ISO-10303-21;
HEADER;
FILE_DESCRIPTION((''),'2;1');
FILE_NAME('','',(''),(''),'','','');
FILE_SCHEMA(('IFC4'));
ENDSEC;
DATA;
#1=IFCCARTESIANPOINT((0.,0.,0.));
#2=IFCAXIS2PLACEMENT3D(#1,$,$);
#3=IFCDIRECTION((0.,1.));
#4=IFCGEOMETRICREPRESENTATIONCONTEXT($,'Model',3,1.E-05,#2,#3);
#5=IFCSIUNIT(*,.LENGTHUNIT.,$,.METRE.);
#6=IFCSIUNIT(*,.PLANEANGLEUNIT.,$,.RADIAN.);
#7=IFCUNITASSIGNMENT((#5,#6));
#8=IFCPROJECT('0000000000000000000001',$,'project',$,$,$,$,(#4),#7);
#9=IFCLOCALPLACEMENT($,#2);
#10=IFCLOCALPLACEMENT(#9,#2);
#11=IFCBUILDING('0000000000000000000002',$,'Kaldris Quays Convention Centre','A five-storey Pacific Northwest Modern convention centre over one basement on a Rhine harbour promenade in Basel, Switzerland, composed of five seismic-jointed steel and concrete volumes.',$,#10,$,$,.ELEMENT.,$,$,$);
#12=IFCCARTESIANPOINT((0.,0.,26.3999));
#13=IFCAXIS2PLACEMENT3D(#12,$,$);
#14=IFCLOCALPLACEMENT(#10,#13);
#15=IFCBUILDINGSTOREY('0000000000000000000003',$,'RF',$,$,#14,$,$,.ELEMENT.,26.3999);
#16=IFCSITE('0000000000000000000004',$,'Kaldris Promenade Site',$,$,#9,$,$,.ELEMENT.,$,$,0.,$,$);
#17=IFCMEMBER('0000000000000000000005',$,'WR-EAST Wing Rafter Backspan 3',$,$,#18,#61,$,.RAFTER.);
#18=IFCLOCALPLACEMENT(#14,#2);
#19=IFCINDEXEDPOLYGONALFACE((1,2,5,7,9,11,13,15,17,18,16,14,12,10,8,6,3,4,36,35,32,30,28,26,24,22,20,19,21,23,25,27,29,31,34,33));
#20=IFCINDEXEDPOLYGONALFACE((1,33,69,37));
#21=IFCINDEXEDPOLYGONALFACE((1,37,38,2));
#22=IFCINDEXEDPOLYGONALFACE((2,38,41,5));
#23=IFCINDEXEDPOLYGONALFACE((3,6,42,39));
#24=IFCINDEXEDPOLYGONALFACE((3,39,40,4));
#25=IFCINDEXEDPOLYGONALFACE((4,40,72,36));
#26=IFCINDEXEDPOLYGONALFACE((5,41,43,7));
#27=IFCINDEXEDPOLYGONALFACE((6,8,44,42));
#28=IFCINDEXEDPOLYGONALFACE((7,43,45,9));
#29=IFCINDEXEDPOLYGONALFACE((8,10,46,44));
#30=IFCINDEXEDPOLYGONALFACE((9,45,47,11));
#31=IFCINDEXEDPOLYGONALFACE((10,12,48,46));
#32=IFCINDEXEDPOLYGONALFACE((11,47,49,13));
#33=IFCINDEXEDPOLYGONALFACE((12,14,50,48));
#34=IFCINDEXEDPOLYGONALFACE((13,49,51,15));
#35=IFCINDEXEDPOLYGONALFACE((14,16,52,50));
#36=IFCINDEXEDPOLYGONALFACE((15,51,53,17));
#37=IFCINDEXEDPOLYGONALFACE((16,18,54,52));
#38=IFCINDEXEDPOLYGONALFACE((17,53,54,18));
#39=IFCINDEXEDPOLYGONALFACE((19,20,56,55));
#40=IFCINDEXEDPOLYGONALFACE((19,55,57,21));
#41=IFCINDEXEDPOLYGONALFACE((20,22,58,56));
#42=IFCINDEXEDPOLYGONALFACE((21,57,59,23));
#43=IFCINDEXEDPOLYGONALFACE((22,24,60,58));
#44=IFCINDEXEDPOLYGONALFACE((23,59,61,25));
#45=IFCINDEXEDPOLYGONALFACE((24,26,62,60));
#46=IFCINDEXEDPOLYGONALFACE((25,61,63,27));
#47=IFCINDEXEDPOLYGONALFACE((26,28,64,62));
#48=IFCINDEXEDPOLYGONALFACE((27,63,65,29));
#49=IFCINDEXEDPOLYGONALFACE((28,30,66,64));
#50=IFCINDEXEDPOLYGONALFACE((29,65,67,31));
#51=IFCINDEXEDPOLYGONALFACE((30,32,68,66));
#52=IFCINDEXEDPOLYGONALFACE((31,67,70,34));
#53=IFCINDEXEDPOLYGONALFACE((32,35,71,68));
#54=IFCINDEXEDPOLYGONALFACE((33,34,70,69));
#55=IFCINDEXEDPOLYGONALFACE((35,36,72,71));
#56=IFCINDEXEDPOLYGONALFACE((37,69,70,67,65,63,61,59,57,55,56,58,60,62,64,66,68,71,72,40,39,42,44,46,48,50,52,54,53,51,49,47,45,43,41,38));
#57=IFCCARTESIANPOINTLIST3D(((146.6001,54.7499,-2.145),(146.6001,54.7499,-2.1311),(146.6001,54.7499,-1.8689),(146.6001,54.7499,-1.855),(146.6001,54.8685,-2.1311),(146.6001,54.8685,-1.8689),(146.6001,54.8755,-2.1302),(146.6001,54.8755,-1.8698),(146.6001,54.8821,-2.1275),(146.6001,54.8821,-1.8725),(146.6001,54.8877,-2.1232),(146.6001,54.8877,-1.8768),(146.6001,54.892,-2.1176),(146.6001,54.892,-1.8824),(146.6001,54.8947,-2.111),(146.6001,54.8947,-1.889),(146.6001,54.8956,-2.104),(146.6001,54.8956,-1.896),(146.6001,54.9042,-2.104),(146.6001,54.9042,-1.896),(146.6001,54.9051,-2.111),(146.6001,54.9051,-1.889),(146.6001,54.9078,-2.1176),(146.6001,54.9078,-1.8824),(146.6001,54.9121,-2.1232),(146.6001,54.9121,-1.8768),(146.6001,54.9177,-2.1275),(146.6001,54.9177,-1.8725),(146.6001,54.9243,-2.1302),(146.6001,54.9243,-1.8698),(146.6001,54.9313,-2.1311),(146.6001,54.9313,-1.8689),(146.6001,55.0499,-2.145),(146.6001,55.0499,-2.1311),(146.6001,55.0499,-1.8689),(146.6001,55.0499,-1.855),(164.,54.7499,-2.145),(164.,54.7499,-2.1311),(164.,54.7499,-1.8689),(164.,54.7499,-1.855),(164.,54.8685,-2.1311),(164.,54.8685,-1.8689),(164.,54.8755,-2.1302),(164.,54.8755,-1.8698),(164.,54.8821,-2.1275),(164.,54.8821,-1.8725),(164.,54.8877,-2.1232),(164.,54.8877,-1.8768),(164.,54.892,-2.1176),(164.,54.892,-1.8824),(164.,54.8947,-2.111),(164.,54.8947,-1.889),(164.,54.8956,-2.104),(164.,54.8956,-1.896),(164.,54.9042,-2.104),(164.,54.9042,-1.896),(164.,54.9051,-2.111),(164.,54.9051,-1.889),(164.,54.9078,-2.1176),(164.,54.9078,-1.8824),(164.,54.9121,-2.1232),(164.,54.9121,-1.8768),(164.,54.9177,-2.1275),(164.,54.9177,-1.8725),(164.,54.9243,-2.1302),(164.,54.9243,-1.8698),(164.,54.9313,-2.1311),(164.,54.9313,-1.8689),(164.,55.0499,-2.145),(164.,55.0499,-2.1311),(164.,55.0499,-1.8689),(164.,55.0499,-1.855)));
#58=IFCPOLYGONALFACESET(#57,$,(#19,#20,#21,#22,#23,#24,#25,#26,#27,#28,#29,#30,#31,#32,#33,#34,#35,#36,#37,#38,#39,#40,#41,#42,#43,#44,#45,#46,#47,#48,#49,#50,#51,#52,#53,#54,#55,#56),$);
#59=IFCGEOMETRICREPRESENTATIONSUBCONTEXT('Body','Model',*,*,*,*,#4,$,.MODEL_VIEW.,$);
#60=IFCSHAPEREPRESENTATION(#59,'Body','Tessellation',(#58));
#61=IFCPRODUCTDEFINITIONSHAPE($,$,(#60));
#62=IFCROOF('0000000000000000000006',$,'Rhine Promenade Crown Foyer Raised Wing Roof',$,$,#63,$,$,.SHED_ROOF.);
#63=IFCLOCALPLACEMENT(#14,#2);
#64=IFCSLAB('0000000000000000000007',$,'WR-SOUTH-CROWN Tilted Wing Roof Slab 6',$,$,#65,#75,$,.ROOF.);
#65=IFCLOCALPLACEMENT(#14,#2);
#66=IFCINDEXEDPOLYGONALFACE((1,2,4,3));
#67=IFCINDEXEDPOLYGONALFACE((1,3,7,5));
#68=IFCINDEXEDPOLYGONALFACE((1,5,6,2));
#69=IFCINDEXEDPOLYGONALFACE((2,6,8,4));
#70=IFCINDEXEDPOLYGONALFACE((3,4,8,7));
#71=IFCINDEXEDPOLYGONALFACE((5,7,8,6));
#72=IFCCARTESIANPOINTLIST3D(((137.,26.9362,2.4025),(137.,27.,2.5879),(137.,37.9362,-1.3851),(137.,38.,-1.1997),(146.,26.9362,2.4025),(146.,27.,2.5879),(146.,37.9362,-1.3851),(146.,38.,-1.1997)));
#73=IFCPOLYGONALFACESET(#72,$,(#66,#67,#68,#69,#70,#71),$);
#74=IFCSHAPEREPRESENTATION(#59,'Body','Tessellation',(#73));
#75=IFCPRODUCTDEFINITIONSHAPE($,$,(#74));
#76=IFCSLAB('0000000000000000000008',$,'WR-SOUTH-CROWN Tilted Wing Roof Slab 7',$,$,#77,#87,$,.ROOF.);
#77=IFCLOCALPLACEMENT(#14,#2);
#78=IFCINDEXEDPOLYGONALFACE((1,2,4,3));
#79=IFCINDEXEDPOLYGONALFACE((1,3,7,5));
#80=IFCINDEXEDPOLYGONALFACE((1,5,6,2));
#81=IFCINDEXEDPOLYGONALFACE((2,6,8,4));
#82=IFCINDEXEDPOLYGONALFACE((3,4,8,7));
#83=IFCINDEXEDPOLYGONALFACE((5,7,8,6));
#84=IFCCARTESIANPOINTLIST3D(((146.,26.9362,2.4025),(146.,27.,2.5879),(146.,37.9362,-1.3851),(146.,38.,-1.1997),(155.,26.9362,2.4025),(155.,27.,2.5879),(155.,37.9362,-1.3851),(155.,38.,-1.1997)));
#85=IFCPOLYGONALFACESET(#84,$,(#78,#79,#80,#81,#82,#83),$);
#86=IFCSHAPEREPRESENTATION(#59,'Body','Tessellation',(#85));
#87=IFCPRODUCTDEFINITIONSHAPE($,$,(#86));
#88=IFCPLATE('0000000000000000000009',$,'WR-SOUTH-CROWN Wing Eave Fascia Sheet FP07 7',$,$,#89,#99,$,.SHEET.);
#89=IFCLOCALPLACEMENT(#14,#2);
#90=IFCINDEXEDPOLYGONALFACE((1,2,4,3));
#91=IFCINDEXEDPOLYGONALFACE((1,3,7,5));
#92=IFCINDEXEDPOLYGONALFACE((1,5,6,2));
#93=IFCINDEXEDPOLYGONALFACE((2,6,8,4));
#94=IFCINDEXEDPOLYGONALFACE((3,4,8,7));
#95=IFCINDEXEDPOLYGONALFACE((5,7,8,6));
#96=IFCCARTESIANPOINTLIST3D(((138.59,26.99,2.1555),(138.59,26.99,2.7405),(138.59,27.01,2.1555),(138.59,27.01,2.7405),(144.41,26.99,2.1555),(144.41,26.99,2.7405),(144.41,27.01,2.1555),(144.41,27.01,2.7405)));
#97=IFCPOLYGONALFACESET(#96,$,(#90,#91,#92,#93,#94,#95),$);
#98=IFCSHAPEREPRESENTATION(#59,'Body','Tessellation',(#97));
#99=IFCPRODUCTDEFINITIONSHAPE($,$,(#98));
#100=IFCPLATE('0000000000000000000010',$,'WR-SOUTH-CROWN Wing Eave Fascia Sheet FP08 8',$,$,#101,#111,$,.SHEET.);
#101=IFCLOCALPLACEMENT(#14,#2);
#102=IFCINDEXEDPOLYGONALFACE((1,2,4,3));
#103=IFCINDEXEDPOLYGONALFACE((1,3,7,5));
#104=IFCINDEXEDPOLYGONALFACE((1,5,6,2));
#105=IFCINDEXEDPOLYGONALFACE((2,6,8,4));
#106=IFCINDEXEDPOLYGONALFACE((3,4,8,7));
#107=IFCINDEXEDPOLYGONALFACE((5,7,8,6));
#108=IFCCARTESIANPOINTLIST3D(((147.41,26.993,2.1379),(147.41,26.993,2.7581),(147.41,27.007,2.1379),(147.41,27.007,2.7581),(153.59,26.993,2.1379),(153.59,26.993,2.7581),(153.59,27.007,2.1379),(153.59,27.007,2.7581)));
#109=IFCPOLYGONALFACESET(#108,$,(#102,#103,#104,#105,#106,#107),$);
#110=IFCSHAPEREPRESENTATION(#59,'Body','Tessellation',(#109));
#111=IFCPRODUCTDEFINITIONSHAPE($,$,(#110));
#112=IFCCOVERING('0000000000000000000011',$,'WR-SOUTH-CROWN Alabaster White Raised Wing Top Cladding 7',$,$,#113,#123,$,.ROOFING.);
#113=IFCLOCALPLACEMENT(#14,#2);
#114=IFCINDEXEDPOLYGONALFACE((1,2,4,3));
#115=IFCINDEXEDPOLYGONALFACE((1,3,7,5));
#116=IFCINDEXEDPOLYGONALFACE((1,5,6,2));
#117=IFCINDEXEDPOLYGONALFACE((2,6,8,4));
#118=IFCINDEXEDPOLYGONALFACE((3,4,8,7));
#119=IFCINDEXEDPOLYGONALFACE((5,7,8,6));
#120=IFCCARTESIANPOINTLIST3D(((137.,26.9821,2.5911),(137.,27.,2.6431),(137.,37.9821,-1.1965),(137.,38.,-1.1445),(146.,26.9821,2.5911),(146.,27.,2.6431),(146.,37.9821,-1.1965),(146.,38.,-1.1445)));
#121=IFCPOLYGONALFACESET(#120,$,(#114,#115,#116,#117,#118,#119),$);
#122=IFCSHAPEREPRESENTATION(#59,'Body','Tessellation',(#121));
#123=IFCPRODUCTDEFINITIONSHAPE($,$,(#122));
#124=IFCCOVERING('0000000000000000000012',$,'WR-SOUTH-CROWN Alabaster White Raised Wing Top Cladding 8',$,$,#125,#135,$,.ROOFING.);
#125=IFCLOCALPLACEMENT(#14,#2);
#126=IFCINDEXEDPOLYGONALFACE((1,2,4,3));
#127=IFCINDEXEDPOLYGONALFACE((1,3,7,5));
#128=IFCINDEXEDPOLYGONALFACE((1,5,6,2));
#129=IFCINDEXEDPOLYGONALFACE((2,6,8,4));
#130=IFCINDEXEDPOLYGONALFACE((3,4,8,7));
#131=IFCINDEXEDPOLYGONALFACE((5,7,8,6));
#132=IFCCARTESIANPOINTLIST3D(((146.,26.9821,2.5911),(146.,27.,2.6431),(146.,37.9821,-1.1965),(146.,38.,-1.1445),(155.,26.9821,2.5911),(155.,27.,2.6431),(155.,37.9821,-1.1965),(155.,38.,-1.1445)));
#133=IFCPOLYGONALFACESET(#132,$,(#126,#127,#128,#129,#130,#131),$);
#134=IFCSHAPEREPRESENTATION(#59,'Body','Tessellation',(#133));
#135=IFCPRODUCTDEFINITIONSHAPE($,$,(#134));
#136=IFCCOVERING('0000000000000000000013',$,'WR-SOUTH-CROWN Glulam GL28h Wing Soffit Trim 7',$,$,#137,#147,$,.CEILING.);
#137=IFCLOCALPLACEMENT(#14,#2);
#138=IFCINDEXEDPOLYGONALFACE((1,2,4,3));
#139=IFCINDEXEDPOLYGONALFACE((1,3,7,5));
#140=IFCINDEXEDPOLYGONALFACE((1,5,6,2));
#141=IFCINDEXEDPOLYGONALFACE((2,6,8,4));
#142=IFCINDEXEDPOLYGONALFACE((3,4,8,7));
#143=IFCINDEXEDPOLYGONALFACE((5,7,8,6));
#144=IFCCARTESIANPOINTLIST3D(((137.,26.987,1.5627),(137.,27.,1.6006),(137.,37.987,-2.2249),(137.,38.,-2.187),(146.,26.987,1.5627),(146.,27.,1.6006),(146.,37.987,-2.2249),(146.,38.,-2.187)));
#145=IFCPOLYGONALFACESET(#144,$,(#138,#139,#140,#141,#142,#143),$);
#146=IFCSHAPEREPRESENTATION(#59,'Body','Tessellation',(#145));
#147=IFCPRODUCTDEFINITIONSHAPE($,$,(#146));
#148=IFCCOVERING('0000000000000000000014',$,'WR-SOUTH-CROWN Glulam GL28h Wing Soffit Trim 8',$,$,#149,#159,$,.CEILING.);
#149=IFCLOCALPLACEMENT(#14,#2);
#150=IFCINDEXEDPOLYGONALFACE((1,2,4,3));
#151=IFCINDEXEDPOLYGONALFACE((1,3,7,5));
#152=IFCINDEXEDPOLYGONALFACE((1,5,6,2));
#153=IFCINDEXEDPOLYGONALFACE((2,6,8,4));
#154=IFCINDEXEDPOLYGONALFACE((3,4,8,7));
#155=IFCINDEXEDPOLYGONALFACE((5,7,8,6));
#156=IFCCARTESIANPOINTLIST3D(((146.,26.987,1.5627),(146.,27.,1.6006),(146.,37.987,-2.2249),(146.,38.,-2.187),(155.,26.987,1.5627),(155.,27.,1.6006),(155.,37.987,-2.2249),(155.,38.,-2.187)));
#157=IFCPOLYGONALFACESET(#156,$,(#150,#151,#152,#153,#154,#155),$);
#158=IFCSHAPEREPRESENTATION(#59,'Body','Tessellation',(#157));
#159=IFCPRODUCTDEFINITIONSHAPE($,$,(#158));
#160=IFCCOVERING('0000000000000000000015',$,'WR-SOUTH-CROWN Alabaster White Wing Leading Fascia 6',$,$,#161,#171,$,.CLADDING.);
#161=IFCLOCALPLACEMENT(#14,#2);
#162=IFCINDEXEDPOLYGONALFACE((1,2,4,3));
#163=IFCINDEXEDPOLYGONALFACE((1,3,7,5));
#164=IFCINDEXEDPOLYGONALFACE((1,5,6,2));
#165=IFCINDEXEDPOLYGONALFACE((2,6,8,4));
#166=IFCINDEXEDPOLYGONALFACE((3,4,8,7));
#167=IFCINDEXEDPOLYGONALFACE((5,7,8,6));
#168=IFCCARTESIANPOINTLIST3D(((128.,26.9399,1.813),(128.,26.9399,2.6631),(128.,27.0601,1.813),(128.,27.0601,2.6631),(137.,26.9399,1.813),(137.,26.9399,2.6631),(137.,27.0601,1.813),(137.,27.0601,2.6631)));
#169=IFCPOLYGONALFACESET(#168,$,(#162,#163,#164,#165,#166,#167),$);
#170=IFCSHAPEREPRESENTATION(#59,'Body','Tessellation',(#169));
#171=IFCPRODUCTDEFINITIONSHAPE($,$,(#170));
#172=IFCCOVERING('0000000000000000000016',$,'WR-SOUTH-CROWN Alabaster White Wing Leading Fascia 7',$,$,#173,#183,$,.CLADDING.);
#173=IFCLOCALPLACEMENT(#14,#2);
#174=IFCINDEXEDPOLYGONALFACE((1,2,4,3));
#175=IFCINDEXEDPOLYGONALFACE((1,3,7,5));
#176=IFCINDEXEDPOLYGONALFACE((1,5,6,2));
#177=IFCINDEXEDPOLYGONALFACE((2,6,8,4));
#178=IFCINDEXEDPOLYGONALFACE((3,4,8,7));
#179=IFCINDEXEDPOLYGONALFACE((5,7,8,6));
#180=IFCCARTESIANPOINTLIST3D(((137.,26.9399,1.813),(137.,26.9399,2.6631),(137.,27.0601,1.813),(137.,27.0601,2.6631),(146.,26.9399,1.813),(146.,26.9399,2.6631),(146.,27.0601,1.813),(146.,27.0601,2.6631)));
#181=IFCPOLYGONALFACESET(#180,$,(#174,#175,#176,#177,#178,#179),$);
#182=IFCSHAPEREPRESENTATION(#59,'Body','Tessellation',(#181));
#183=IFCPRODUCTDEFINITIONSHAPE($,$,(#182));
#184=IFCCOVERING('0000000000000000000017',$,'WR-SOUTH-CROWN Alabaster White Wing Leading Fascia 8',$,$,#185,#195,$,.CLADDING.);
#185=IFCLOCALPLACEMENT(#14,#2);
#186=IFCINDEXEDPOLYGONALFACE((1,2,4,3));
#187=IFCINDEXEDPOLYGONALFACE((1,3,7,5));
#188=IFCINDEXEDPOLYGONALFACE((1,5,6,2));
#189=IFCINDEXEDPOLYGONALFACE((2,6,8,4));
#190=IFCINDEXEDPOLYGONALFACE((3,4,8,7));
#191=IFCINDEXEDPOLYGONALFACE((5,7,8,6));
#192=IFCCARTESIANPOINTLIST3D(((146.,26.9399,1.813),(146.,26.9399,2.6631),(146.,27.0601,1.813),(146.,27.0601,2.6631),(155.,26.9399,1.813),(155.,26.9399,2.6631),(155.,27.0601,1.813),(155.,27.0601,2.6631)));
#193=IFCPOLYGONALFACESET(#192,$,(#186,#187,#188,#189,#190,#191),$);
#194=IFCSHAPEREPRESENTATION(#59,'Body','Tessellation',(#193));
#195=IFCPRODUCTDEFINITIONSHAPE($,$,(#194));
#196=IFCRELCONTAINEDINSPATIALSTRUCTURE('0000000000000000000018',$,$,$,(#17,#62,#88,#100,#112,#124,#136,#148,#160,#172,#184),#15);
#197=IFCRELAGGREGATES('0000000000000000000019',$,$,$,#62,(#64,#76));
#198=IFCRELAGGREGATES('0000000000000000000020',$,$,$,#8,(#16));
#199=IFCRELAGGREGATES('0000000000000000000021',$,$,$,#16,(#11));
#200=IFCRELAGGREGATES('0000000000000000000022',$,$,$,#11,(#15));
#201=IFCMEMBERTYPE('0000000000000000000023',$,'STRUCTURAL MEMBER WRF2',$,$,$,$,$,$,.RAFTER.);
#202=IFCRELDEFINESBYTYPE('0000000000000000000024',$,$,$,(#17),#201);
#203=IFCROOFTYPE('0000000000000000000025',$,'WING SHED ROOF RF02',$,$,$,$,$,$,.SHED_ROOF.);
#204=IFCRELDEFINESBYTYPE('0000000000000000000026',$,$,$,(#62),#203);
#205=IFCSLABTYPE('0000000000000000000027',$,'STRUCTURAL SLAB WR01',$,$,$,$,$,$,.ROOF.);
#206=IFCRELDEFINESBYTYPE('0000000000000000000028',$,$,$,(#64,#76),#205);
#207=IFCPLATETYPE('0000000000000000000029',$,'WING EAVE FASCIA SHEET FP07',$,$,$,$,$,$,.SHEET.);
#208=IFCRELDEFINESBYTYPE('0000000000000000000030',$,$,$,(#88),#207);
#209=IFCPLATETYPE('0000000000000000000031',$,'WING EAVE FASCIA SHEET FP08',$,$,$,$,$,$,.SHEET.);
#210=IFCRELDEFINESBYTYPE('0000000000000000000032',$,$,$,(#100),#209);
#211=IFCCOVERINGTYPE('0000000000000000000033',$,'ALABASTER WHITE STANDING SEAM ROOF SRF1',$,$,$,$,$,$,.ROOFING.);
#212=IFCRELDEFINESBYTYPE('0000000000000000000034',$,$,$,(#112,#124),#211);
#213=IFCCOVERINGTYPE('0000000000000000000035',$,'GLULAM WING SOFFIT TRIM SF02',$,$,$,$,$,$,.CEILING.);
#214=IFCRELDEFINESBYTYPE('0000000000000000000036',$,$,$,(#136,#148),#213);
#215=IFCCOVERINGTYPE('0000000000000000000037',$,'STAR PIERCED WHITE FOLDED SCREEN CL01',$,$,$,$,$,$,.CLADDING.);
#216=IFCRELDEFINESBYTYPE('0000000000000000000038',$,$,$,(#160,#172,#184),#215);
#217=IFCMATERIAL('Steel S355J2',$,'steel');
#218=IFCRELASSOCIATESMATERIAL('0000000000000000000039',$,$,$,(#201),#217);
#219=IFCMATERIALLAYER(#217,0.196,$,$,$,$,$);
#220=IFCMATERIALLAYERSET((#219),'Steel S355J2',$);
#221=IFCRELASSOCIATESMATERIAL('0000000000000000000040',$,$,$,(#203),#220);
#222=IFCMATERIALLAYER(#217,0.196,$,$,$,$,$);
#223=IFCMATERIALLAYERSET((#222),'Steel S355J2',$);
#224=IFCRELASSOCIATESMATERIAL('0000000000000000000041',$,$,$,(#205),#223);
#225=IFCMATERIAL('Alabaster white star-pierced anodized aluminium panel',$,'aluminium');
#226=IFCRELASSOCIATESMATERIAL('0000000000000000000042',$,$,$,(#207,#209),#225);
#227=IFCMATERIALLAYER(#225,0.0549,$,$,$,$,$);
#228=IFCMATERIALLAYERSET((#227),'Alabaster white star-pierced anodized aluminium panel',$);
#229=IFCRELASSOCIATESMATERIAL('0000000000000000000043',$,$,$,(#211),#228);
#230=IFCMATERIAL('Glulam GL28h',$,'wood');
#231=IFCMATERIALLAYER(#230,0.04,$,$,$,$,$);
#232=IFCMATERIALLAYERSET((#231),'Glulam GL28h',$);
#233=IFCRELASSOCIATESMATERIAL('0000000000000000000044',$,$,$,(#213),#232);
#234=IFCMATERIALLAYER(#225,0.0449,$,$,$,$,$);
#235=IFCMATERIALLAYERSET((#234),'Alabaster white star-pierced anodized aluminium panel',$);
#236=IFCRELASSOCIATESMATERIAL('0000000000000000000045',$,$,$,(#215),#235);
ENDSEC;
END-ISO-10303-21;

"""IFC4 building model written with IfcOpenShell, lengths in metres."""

from ifc_helpers import new_model, si_unit, direction, frame, origin, origin_2d, place, context, subcontext, project, spatial, polyline, rectangle, i_section, outline, extrude, material, layer, layer_set, material_profile, profile_set, type_object, element, aggregate, save


model = new_model("IFC4")

# Units and contexts
model_context = context("Model", 3, precision=1e-05, world=origin(), true_north=direction((0.0, 1.0)))
body_context = subcontext(model_context, "Body", "Model", "MODEL_VIEW")
ifc_project = project(units=[si_unit("LENGTHUNIT", "METRE"), si_unit("PLANEANGLEUNIT", "RADIAN")], contexts=[model_context])

# Site, building, storey
site_placement = place(None, origin())
site = spatial("IfcSite", under=ifc_project, at=site_placement, Name="Kaldris Promenade Site", CompositionType="ELEMENT", RefElevation=0.0)
building_placement = place(site_placement, origin())
building = spatial("IfcBuilding", under=site, at=building_placement, Name="Kaldris Quays Convention Centre", Description="A five-storey Pacific Northwest Modern convention centre over one basement on a Rhine harbour promenade in Basel, Switzerland, composed of five seismic-jointed steel and concrete volumes.", CompositionType="ELEMENT")
storey_placement = place(building_placement, frame((0.0, 0.0, 26.3999)))
storey = spatial("IfcBuildingStorey", under=building, at=storey_placement, Name="RF", CompositionType="ELEMENT", Elevation=26.3999)

# Member
ifc_material_1 = material(Name="Glulam GL28h", Category="wood")
ifc_material_2 = material(Name="Steel S355J2", Category="steel")
ifc_material_profile_1 = material_profile(ifc_material_2, i_section(OverallWidth=0.3, OverallDepth=0.29, WebThickness=0.0085, FlangeThickness=0.0139, FilletRadius=0.0271, at=origin_2d()), Name="HEA 300")
ifc_profile_set_1 = profile_set([ifc_material_profile_1], Name="Steel S355J2")
member_type_1 = type_object("IfcMemberType", Name="STRUCTURAL MEMBER WRF2", PredefinedType="RAFTER", material=ifc_profile_set_1)
for number, where, z_axis, x_axis, name in (
    (1, (146.6001, 54.8999, -2.0), (1.0, 0.0, 0.0), (0.0, 1.0, 0.0), "WR-EAST Wing Rafter Backspan 3"),
):
    element("IfcMember", number, at=place(storey_placement, frame(where, z_axis=z_axis, x_axis=x_axis)), inside=storey, type_object=member_type_1, Name=name, PredefinedType="RAFTER", context=body_context, shape_type="SweptSolid", body=[
        extrude(i_section(OverallWidth=0.3, OverallDepth=0.29, WebThickness=0.0085, FlangeThickness=0.0139, FilletRadius=0.0271, at=origin_2d()), origin(), (0.0, 0.0, 1.0), 17.3999),
    ])

# Roof, slabs
ifc_layer_1 = layer(ifc_material_2, 0.196)
ifc_layer_set_1 = layer_set([ifc_layer_1], Name="Steel S355J2")
roof_type = type_object("IfcRoofType", Name="WING SHED ROOF RF02", PredefinedType="SHED_ROOF", material=ifc_layer_set_1)
roof_placement = place(storey_placement, origin())
roof = element("IfcRoof", 2, at=roof_placement, inside=storey, type_object=roof_type, Name="Rhine Promenade Crown Foyer Raised Wing Roof", PredefinedType="SHED_ROOF")
ifc_layer_2 = layer(ifc_material_2, 0.196)
ifc_layer_set_2 = layer_set([ifc_layer_2], Name="Steel S355J2")
slab_type = type_object("IfcSlabType", Name="STRUCTURAL SLAB WR01", PredefinedType="ROOF", material=ifc_layer_set_2)
slab_1_placement = place(storey_placement, frame((137.0, 27.0, 2.5879), z_axis=(0.0, 0.325568, 0.945519), x_axis=(1.0, 0.0, 0.0)))
slab_1 = element("IfcSlab", 3, at=slab_1_placement, type_object=slab_type, Name="WR-SOUTH-CROWN Tilted Wing Roof Slab 6", PredefinedType="ROOF", context=body_context, shape_type="SweptSolid", body=[
    extrude(outline(polyline([(0.0, 0.0), (9.0, 0.0), (9.0, 11.6338), (0.0, 11.6338), (0.0, 0.0)])), origin(), (0.0, 0.0, -1.0), 0.196),
])
slab_2_placement = place(storey_placement, frame((146.0, 27.0, 2.5879), z_axis=(0.0, 0.325568, 0.945519), x_axis=(1.0, 0.0, 0.0)))
slab_2 = element("IfcSlab", 4, at=slab_2_placement, type_object=slab_type, Name="WR-SOUTH-CROWN Tilted Wing Roof Slab 7", PredefinedType="ROOF", context=body_context, shape_type="SweptSolid", body=[
    extrude(outline(polyline([(0.0, 0.0), (9.0, 0.0), (9.0, 11.6338), (0.0, 11.6338), (0.0, 0.0)])), origin(), (0.0, 0.0, -1.0), 0.196),
])
aggregate(roof, [slab_1, slab_2])

# Plates
ifc_material_3 = material(Name="Alabaster white star-pierced anodized aluminium panel", Category="aluminium")
plate_type_1 = type_object("IfcPlateType", Name="WING EAVE FASCIA SHEET FP07", PredefinedType="SHEET", material=ifc_material_3)
plate_1_placement = place(storey_placement, frame((141.5, 27.0, 2.1555), z_axis=(0.0, 0.0, 1.0), x_axis=(1.0, 0.0, 0.0)))
element("IfcPlate", 5, at=plate_1_placement, inside=storey, type_object=plate_type_1, Name="WR-SOUTH-CROWN Wing Eave Fascia Sheet FP07 7", PredefinedType="SHEET", context=body_context, shape_type="SweptSolid", body=[
    extrude(rectangle(XDim=5.8201, YDim=0.02, at=origin_2d()), origin(), (0.0, 0.0, 1.0), 0.585),
])
plate_type_2 = type_object("IfcPlateType", Name="WING EAVE FASCIA SHEET FP08", PredefinedType="SHEET", material=ifc_material_3)
plate_2_placement = place(storey_placement, frame((150.5, 27.0, 2.1379), z_axis=(0.0, 0.0, 1.0), x_axis=(1.0, 0.0, 0.0)))
element("IfcPlate", 6, at=plate_2_placement, inside=storey, type_object=plate_type_2, Name="WR-SOUTH-CROWN Wing Eave Fascia Sheet FP08 8", PredefinedType="SHEET", context=body_context, shape_type="SweptSolid", body=[
    extrude(rectangle(XDim=6.1799, YDim=0.0139, at=origin_2d()), origin(), (0.0, 0.0, 1.0), 0.6201),
])

# Coverings
ifc_layer_3 = layer(ifc_material_3, 0.0549)
ifc_layer_set_3 = layer_set([ifc_layer_3], Name="Alabaster white star-pierced anodized aluminium panel")
covering_type_1 = type_object("IfcCoveringType", Name="ALABASTER WHITE STANDING SEAM ROOF SRF1", PredefinedType="ROOFING", material=ifc_layer_set_3)
for number, where, z_axis, x_axis, name in (
    (7, (137.0, 27.0, 2.6431), (0.0, 0.325568, 0.945519), (1.0, 0.0, 0.0), "WR-SOUTH-CROWN Alabaster White Raised Wing Top Cladding 7"),
    (8, (146.0, 27.0, 2.6431), (0.0, 0.325568, 0.945519), (1.0, 0.0, 0.0), "WR-SOUTH-CROWN Alabaster White Raised Wing Top Cladding 8"),
):
    element("IfcCovering", number, at=place(storey_placement, frame(where, z_axis=z_axis, x_axis=x_axis)), inside=storey, type_object=covering_type_1, Name=name, PredefinedType="ROOFING", context=body_context, shape_type="SweptSolid", body=[
        extrude(outline(polyline([(0.0, 0.0), (9.0, 0.0), (9.0, 11.6338), (0.0, 11.6338), (0.0, 0.0)])), origin(), (0.0, 0.0, -1.0), 0.0549),
    ])
ifc_layer_4 = layer(ifc_material_1, 0.04)
ifc_layer_set_4 = layer_set([ifc_layer_4], Name="Glulam GL28h")
covering_type_2 = type_object("IfcCoveringType", Name="GLULAM WING SOFFIT TRIM SF02", PredefinedType="CEILING", material=ifc_layer_set_4)
for number, where, z_axis, x_axis, name in (
    (9, (137.0, 27.0, 1.6006), (0.0, 0.325568, 0.945519), (1.0, 0.0, 0.0), "WR-SOUTH-CROWN Glulam GL28h Wing Soffit Trim 7"),
    (10, (146.0, 27.0, 1.6006), (0.0, 0.325568, 0.945519), (1.0, 0.0, 0.0), "WR-SOUTH-CROWN Glulam GL28h Wing Soffit Trim 8"),
):
    element("IfcCovering", number, at=place(storey_placement, frame(where, z_axis=z_axis, x_axis=x_axis)), inside=storey, type_object=covering_type_2, Name=name, PredefinedType="CEILING", context=body_context, shape_type="SweptSolid", body=[
        extrude(outline(polyline([(0.0, 0.0), (9.0, 0.0), (9.0, 11.6338), (0.0, 11.6338), (0.0, 0.0)])), origin(), (0.0, 0.0, -1.0), 0.04),
    ])
ifc_layer_5 = layer(ifc_material_3, 0.0449)
ifc_layer_set_5 = layer_set([ifc_layer_5], Name="Alabaster white star-pierced anodized aluminium panel")
covering_type_3 = type_object("IfcCoveringType", Name="STAR PIERCED WHITE FOLDED SCREEN CL01", PredefinedType="CLADDING", material=ifc_layer_set_5)
for number, where, z_axis, x_axis, name in (
    (11, (132.5, 27.0, 1.813), (0.0, 0.0, 1.0), (1.0, 0.0, 0.0), "WR-SOUTH-CROWN Alabaster White Wing Leading Fascia 6"),
    (12, (141.5, 27.0, 1.813), (0.0, 0.0, 1.0), (1.0, 0.0, 0.0), "WR-SOUTH-CROWN Alabaster White Wing Leading Fascia 7"),
    (13, (150.5, 27.0, 1.813), (0.0, 0.0, 1.0), (1.0, 0.0, 0.0), "WR-SOUTH-CROWN Alabaster White Wing Leading Fascia 8"),
):
    element("IfcCovering", number, at=place(storey_placement, frame(where, z_axis=z_axis, x_axis=x_axis)), inside=storey, type_object=covering_type_3, Name=name, PredefinedType="CLADDING", context=body_context, shape_type="SweptSolid", body=[
        extrude(rectangle(XDim=9.0, YDim=0.1201, at=origin_2d()), origin(), (0.0, 0.0, 1.0), 0.8501),
    ])

save(model, "model.ifc")
